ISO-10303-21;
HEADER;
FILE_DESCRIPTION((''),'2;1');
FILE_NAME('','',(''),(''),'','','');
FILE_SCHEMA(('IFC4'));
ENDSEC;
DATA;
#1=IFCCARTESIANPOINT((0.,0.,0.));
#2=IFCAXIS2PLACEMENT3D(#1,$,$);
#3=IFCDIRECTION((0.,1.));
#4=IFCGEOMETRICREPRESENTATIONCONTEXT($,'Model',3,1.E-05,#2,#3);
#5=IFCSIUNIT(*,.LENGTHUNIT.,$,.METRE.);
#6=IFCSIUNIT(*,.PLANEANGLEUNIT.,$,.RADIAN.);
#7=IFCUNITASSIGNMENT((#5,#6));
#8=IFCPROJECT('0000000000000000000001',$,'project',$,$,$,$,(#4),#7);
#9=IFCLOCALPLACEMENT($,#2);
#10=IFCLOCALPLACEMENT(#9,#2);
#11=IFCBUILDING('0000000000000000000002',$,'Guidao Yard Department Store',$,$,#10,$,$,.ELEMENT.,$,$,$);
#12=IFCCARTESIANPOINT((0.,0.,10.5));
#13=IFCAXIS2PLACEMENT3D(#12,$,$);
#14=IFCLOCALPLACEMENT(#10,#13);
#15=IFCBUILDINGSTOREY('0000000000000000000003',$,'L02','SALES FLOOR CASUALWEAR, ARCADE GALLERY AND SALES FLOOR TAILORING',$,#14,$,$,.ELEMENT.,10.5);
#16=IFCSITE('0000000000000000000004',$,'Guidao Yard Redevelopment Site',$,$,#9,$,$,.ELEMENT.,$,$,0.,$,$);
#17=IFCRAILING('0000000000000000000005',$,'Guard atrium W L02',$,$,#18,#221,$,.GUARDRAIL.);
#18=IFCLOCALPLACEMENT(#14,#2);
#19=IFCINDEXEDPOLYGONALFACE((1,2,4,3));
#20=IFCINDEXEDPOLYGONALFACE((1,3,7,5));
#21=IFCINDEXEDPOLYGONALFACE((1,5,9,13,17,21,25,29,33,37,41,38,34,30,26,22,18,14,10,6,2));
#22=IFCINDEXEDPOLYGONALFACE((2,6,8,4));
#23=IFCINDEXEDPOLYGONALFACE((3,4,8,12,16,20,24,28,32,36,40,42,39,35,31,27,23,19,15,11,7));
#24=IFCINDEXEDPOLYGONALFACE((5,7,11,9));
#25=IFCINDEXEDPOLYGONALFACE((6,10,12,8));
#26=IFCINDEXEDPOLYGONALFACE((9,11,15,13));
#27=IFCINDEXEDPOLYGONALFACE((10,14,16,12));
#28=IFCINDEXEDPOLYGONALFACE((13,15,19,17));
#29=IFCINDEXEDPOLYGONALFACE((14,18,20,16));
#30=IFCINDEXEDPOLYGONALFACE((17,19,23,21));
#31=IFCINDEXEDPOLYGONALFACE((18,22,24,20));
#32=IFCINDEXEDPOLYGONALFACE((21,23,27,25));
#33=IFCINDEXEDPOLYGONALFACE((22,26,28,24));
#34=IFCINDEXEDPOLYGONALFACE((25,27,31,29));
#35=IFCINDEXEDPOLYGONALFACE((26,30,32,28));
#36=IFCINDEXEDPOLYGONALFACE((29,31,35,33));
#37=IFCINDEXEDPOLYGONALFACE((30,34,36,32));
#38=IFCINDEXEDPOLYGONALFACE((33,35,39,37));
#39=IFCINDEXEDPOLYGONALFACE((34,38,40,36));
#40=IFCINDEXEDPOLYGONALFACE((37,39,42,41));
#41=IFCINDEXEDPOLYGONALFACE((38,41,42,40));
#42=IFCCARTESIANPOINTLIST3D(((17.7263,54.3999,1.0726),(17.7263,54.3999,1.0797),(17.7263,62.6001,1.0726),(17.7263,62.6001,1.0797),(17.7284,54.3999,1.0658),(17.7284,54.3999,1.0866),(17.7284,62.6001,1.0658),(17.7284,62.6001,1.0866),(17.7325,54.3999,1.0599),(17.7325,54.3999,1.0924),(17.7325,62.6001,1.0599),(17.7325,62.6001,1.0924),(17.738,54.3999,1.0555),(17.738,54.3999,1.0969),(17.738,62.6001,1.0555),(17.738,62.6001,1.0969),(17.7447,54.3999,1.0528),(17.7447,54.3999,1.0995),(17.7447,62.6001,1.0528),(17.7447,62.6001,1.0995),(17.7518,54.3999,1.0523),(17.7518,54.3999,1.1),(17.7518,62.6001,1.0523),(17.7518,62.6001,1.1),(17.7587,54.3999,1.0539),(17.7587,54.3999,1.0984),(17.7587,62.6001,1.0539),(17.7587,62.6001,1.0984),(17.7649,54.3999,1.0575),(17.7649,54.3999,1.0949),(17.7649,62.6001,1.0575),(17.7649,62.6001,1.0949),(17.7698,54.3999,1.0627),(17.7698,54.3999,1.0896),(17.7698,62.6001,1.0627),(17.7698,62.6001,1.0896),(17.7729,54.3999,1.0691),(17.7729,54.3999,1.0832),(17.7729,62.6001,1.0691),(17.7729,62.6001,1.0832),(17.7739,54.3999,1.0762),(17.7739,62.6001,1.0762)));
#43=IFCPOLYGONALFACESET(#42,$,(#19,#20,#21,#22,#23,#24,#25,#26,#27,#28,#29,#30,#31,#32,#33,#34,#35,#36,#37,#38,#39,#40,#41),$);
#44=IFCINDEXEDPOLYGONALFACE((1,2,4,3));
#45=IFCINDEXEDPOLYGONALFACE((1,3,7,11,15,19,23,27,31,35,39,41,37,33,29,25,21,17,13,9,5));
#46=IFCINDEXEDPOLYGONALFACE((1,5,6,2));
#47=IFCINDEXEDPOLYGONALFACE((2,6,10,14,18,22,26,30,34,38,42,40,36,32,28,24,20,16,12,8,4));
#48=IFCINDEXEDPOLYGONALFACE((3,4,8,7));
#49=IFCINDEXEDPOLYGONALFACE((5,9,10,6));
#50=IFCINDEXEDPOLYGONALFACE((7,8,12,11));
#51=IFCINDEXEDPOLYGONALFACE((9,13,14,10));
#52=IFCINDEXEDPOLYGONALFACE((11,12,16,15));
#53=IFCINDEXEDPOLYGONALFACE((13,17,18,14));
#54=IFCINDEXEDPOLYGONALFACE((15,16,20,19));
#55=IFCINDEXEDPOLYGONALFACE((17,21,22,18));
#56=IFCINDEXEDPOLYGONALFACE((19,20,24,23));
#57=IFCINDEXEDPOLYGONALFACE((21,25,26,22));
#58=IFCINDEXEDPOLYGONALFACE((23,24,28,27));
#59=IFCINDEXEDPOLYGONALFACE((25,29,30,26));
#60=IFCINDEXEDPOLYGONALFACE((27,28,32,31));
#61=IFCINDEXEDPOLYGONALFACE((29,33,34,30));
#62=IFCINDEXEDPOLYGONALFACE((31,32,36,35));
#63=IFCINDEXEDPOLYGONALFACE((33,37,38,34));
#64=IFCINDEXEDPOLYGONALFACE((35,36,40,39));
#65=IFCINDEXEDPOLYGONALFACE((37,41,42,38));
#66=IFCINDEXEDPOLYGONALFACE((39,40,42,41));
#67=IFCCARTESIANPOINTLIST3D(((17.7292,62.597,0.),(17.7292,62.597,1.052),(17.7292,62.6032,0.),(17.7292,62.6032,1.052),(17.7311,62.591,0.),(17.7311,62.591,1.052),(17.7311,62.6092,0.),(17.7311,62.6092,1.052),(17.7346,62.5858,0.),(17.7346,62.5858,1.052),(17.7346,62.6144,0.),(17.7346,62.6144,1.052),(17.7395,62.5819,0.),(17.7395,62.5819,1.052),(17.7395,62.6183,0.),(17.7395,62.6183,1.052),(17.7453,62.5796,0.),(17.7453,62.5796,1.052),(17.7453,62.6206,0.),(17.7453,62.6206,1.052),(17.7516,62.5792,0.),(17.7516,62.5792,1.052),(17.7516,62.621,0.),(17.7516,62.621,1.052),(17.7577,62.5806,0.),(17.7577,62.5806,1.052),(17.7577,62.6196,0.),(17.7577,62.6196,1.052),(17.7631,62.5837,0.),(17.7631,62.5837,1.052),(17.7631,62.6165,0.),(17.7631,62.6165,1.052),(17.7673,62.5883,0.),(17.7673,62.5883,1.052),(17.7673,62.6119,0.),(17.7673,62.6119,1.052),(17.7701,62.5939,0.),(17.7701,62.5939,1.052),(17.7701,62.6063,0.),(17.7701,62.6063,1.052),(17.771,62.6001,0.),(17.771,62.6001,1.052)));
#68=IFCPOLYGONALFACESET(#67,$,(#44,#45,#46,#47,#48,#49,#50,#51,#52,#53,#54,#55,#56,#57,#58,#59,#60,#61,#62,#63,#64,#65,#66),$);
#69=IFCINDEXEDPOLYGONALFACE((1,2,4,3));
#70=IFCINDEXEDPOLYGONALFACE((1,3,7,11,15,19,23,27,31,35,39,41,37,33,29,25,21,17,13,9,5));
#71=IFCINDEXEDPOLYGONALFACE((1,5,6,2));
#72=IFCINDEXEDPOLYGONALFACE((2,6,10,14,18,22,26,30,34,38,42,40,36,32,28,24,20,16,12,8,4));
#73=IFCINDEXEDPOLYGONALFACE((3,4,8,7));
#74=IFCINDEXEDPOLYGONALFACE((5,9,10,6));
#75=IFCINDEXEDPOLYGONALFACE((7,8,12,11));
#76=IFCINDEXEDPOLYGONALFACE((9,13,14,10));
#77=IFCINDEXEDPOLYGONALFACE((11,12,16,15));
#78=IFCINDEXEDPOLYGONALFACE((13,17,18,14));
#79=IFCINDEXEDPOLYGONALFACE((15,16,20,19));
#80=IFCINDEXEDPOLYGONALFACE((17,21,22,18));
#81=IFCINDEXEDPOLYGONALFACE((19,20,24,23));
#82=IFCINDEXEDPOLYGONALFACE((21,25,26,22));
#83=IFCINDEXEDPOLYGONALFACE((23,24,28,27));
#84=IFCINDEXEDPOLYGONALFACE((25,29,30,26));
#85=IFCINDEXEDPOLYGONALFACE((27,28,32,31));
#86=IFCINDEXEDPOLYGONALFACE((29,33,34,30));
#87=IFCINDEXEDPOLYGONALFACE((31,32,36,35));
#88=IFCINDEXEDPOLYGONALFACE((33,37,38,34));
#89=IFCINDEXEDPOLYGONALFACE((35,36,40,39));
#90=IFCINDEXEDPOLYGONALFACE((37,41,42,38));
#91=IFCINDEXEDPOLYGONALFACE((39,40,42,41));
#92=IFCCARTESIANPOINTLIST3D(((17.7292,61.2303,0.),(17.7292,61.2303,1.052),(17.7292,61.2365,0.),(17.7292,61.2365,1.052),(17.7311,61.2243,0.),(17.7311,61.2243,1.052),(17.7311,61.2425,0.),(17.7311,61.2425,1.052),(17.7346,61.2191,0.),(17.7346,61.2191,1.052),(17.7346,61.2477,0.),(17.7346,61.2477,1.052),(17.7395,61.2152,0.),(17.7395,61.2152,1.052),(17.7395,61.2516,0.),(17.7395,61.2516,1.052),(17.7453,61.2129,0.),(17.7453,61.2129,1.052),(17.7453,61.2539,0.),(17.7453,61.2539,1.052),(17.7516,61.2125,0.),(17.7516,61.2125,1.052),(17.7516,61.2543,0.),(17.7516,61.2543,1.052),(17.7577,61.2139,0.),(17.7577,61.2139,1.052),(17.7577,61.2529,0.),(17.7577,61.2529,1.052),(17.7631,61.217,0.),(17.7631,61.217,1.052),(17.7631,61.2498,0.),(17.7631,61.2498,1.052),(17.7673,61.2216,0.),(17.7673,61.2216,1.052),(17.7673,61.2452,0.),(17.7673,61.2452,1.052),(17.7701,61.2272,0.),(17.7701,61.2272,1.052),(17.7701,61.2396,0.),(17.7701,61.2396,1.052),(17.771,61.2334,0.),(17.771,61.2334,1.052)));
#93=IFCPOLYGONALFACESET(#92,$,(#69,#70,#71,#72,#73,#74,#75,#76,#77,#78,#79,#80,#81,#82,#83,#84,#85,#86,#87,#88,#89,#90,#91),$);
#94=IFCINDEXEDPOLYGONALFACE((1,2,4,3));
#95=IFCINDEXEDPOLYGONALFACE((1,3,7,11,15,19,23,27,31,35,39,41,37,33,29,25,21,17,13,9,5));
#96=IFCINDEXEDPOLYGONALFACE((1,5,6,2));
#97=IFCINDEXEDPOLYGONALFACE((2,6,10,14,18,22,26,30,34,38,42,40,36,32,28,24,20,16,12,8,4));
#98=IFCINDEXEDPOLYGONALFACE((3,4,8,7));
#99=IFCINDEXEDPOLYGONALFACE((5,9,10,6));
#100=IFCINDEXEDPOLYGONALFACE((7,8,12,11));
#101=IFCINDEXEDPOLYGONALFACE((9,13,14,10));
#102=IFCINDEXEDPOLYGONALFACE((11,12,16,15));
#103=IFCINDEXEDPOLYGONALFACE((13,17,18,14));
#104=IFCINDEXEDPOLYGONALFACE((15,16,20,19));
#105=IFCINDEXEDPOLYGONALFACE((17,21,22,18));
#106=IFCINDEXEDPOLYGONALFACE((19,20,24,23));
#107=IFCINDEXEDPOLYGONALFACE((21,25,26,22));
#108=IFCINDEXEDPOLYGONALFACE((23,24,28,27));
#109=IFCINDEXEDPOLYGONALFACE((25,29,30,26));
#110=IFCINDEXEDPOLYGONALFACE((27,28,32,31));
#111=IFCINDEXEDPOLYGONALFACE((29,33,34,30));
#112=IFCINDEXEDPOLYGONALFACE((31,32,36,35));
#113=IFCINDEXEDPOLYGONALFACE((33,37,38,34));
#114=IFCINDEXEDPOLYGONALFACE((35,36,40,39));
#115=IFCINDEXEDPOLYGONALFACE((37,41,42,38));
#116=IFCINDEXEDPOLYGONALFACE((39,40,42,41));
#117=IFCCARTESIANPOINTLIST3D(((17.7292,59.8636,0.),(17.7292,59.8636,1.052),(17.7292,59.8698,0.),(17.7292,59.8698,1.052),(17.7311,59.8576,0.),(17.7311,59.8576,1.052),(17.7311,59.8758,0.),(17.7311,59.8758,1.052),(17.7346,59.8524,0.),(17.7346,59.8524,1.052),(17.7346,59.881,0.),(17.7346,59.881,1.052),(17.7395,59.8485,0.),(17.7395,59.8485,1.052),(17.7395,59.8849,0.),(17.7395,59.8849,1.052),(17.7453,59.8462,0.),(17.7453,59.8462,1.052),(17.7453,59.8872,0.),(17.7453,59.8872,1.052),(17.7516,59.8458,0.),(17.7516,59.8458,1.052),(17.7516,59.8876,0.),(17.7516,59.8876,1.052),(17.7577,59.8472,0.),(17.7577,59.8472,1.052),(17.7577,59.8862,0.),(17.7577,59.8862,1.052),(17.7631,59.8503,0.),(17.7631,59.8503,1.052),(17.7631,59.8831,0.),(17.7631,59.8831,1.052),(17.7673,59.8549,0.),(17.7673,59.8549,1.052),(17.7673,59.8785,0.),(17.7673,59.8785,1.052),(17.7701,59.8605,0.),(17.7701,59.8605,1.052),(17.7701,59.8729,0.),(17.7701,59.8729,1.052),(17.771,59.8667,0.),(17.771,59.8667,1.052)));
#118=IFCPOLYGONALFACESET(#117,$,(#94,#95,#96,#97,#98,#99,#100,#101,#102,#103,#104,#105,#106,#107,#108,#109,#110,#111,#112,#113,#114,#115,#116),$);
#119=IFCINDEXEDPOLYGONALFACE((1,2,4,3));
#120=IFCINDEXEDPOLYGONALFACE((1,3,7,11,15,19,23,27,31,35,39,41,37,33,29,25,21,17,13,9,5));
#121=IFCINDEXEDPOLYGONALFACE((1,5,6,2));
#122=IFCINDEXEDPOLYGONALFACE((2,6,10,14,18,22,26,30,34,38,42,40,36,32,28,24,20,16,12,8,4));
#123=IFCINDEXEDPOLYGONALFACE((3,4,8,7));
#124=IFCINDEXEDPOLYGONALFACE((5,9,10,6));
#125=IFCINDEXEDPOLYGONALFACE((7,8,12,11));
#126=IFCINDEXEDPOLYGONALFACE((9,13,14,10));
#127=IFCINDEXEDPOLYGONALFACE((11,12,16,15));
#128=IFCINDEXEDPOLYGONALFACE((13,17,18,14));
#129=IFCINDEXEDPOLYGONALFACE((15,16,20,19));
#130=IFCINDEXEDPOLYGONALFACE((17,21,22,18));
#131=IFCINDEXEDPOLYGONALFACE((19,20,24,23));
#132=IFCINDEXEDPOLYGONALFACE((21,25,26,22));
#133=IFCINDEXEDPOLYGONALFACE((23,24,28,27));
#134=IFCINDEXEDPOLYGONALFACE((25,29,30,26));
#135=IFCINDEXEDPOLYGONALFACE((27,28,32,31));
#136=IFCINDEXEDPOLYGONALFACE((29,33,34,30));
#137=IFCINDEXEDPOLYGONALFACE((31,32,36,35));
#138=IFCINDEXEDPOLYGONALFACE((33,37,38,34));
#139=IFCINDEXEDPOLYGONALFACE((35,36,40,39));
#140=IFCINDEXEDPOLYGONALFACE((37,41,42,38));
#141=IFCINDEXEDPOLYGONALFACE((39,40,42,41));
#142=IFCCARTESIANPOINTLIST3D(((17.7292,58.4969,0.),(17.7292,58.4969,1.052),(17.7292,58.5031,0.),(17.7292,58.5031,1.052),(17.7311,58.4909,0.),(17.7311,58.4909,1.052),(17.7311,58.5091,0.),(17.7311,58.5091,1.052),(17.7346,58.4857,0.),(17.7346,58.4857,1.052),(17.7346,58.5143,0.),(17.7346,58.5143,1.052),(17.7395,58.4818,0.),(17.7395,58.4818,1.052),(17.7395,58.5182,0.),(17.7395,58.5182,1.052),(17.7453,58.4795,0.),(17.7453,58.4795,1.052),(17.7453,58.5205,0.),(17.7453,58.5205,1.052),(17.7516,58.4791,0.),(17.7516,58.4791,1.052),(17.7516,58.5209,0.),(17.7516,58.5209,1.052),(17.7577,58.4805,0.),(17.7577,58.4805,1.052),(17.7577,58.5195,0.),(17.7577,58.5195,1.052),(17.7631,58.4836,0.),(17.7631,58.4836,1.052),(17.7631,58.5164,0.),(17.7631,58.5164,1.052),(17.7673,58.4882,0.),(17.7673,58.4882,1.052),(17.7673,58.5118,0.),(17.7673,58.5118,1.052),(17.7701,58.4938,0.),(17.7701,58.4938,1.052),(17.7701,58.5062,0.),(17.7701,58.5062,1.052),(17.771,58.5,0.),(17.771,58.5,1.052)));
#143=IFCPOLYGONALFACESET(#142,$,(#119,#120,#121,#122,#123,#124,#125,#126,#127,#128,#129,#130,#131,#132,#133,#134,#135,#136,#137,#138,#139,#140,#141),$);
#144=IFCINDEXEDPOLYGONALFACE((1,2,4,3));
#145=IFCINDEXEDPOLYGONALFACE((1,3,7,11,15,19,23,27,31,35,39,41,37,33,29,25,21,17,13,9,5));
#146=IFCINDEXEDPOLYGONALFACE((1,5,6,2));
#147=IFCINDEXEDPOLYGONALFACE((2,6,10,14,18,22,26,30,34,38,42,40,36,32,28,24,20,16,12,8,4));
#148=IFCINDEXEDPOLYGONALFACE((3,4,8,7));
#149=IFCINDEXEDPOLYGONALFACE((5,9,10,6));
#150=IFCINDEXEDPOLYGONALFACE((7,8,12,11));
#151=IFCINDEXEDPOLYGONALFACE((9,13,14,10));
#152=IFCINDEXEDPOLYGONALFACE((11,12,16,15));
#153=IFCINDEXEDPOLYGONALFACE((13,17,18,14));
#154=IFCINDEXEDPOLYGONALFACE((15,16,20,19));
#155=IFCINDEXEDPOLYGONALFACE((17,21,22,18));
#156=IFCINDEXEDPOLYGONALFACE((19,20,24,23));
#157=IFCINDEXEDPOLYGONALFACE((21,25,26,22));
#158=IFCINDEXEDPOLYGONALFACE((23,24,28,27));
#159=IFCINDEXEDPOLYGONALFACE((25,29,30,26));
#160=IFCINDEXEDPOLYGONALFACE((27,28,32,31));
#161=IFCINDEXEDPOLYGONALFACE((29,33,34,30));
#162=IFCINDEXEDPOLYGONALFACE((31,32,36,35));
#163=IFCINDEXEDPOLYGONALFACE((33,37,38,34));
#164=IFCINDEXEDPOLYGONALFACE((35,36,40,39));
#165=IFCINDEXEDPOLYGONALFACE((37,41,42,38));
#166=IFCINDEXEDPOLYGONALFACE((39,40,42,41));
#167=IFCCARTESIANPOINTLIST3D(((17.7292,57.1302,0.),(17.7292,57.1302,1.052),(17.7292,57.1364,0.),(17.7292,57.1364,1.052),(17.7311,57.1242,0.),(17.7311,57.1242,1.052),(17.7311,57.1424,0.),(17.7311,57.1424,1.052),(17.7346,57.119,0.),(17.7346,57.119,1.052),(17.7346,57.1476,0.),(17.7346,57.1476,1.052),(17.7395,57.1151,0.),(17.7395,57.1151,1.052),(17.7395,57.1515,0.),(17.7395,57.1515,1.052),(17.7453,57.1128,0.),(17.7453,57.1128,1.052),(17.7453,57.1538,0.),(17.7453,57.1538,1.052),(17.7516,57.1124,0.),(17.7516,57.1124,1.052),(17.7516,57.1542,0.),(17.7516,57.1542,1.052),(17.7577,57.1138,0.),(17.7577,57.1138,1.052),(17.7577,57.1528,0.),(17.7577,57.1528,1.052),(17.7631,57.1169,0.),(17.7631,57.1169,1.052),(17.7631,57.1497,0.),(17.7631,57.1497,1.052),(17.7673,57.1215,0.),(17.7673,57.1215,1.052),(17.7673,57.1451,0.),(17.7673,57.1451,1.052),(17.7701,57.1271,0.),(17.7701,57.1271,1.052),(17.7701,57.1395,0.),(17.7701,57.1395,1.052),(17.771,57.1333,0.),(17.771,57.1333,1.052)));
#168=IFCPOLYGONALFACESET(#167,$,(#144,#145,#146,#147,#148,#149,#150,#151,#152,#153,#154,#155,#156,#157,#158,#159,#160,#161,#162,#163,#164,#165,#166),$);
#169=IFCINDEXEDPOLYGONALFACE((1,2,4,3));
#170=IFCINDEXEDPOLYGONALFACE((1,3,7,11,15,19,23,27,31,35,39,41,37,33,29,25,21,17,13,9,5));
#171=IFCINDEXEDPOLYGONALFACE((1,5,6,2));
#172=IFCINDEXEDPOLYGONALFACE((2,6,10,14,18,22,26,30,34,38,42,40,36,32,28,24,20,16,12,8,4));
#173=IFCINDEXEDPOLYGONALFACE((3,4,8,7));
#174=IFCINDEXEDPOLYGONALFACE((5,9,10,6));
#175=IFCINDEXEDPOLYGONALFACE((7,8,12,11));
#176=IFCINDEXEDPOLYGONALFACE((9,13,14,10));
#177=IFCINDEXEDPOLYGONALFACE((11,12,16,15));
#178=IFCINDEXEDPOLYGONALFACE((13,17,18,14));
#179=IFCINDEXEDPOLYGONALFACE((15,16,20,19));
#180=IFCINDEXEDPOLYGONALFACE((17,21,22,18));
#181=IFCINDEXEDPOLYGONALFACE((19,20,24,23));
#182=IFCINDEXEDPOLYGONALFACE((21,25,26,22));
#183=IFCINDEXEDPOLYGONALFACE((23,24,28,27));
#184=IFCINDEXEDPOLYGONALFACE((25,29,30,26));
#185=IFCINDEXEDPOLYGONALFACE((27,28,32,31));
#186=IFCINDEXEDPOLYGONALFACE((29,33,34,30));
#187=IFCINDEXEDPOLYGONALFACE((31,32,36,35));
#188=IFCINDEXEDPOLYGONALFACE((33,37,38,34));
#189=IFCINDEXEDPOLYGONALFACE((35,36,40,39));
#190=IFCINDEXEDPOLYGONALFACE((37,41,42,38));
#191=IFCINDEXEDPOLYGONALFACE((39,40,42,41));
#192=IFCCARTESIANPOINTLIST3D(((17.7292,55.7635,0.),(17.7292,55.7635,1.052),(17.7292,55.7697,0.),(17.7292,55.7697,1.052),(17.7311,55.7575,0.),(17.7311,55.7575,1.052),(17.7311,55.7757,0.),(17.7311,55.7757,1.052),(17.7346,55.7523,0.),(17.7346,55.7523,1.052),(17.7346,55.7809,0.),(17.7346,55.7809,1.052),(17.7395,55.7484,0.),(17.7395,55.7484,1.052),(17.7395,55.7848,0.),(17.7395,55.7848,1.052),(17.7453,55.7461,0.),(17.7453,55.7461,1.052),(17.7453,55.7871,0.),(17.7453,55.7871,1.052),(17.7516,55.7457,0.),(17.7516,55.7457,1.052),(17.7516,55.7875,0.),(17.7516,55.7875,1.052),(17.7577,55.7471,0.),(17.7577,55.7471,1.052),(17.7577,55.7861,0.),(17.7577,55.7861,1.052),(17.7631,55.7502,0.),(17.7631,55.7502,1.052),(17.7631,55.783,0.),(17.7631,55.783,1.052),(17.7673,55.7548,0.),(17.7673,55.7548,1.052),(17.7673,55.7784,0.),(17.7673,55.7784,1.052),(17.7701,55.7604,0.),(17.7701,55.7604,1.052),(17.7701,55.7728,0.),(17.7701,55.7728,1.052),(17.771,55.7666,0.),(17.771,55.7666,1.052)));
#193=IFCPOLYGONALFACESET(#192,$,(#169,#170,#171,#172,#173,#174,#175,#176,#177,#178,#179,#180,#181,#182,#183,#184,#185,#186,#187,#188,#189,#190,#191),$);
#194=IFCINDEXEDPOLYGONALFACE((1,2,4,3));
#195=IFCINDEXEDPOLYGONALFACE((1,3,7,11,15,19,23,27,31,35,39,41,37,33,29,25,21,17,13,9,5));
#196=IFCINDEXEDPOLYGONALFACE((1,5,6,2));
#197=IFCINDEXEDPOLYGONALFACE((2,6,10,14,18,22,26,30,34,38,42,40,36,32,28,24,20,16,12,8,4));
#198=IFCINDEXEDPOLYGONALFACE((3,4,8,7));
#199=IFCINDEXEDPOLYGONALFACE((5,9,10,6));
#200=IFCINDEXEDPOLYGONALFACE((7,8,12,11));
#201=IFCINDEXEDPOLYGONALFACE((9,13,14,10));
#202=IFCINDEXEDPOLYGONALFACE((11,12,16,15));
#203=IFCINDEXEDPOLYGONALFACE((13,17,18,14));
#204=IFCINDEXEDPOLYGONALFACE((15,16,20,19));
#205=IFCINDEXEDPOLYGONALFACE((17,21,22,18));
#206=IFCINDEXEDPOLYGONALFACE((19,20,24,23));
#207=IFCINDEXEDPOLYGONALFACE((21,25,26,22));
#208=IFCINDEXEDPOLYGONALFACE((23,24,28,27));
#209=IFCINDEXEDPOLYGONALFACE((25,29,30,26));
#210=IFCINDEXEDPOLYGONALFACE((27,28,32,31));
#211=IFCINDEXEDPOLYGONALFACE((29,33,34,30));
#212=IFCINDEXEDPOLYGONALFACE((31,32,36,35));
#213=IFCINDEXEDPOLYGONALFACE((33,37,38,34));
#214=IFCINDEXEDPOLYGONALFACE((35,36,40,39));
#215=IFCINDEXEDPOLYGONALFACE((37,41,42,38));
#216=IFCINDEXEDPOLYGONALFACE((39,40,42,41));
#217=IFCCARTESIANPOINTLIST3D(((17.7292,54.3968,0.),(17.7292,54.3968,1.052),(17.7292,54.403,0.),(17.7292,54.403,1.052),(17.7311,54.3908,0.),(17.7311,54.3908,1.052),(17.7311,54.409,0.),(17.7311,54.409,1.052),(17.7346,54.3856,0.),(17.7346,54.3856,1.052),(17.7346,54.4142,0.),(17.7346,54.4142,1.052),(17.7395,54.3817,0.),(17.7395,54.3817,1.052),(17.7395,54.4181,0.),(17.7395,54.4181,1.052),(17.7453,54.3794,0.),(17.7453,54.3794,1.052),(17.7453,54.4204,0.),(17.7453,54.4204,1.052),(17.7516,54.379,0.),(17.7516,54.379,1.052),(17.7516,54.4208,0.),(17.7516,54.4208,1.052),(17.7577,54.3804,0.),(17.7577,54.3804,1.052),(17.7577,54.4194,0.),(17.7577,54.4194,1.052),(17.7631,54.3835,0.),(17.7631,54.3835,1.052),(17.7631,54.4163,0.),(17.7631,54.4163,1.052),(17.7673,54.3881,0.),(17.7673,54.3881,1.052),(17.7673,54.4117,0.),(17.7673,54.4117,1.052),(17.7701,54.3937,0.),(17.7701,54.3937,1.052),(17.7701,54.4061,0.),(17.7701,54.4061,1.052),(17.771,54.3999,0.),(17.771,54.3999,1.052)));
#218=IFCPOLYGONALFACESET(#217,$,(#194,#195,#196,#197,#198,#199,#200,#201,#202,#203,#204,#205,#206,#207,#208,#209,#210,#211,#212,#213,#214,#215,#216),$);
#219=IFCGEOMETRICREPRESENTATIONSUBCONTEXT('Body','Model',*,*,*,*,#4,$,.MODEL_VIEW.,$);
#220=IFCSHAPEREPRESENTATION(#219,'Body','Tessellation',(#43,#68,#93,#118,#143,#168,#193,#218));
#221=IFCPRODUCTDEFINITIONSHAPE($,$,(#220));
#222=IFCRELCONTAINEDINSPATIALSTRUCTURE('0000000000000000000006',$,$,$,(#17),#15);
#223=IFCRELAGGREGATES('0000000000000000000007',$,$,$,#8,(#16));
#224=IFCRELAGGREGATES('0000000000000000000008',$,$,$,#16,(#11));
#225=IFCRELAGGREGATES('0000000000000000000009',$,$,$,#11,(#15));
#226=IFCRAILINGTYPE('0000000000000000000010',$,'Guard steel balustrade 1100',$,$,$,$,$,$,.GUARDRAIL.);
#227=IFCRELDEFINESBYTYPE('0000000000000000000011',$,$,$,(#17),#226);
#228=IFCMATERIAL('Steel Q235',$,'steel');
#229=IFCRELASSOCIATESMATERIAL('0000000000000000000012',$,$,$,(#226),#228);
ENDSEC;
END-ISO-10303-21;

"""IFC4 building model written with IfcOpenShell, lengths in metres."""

from ifc_helpers import new_model, si_unit, direction, frame, origin, origin_2d, place, context, subcontext, project, spatial, circle, extrude, material, type_object, element, save


model = new_model("IFC4")

# Units and contexts
model_context = context("Model", 3, precision=1e-05, world=origin(), true_north=direction((0.0, 1.0)))
body_context = subcontext(model_context, "Body", "Model", "MODEL_VIEW")
ifc_project = project(units=[si_unit("LENGTHUNIT", "METRE"), si_unit("PLANEANGLEUNIT", "RADIAN")], contexts=[model_context])

# Site, building, storey
site_placement = place(None, origin())
site = spatial("IfcSite", under=ifc_project, at=site_placement, Name="Guidao Yard Redevelopment Site", CompositionType="ELEMENT", RefElevation=0.0)
building_placement = place(site_placement, origin())
building = spatial("IfcBuilding", under=site, at=building_placement, Name="Guidao Yard Department Store", CompositionType="ELEMENT")
storey_placement = place(building_placement, frame((0.0, 0.0, 10.5)))
storey = spatial("IfcBuildingStorey", under=building, at=storey_placement, Name="L02", Description="SALES FLOOR CASUALWEAR, ARCADE GALLERY AND SALES FLOOR TAILORING", CompositionType="ELEMENT", Elevation=10.5)

# Railing
ifc_material_1 = material(Name="Steel Q235", Category="steel")
railing_type = type_object("IfcRailingType", Name="Guard steel balustrade 1100", PredefinedType="GUARDRAIL", material=ifc_material_1)
railing_1_placement = place(storey_placement, frame((17.75, 62.6001, 0.0)))
element("IfcRailing", 1, at=railing_1_placement, inside=storey, type_object=railing_type, Name="Guard atrium W L02", PredefinedType="GUARDRAIL", context=body_context, shape_type="SweptSolid", body=[
    extrude(circle(Radius=0.0239, at=origin_2d()), frame((0.0, 0.0, 1.0762), z_axis=(0.0, -1.0, 0.0), x_axis=(1.0, 0.0, 0.0)), (0.0, 0.0, 1.0), 8.2002),
    extrude(circle(Radius=0.021, at=origin_2d()), origin(), (0.0, 0.0, 1.0), 1.052),
    extrude(circle(Radius=0.021, at=origin_2d()), frame((0.0, -1.3667, 0.0)), (0.0, 0.0, 1.0), 1.052),
    extrude(circle(Radius=0.021, at=origin_2d()), frame((0.0, -2.7334, 0.0)), (0.0, 0.0, 1.0), 1.052),
    extrude(circle(Radius=0.021, at=origin_2d()), frame((0.0, -4.1001, 0.0)), (0.0, 0.0, 1.0), 1.052),
    extrude(circle(Radius=0.021, at=origin_2d()), frame((0.0, -5.4668, 0.0)), (0.0, 0.0, 1.0), 1.052),
    extrude(circle(Radius=0.021, at=origin_2d()), frame((0.0, -6.8335, 0.0)), (0.0, 0.0, 1.0), 1.052),
    extrude(circle(Radius=0.021, at=origin_2d()), frame((0.0, -8.2002, 0.0)), (0.0, 0.0, 1.0), 1.052),
])

save(model, "model.ifc")
